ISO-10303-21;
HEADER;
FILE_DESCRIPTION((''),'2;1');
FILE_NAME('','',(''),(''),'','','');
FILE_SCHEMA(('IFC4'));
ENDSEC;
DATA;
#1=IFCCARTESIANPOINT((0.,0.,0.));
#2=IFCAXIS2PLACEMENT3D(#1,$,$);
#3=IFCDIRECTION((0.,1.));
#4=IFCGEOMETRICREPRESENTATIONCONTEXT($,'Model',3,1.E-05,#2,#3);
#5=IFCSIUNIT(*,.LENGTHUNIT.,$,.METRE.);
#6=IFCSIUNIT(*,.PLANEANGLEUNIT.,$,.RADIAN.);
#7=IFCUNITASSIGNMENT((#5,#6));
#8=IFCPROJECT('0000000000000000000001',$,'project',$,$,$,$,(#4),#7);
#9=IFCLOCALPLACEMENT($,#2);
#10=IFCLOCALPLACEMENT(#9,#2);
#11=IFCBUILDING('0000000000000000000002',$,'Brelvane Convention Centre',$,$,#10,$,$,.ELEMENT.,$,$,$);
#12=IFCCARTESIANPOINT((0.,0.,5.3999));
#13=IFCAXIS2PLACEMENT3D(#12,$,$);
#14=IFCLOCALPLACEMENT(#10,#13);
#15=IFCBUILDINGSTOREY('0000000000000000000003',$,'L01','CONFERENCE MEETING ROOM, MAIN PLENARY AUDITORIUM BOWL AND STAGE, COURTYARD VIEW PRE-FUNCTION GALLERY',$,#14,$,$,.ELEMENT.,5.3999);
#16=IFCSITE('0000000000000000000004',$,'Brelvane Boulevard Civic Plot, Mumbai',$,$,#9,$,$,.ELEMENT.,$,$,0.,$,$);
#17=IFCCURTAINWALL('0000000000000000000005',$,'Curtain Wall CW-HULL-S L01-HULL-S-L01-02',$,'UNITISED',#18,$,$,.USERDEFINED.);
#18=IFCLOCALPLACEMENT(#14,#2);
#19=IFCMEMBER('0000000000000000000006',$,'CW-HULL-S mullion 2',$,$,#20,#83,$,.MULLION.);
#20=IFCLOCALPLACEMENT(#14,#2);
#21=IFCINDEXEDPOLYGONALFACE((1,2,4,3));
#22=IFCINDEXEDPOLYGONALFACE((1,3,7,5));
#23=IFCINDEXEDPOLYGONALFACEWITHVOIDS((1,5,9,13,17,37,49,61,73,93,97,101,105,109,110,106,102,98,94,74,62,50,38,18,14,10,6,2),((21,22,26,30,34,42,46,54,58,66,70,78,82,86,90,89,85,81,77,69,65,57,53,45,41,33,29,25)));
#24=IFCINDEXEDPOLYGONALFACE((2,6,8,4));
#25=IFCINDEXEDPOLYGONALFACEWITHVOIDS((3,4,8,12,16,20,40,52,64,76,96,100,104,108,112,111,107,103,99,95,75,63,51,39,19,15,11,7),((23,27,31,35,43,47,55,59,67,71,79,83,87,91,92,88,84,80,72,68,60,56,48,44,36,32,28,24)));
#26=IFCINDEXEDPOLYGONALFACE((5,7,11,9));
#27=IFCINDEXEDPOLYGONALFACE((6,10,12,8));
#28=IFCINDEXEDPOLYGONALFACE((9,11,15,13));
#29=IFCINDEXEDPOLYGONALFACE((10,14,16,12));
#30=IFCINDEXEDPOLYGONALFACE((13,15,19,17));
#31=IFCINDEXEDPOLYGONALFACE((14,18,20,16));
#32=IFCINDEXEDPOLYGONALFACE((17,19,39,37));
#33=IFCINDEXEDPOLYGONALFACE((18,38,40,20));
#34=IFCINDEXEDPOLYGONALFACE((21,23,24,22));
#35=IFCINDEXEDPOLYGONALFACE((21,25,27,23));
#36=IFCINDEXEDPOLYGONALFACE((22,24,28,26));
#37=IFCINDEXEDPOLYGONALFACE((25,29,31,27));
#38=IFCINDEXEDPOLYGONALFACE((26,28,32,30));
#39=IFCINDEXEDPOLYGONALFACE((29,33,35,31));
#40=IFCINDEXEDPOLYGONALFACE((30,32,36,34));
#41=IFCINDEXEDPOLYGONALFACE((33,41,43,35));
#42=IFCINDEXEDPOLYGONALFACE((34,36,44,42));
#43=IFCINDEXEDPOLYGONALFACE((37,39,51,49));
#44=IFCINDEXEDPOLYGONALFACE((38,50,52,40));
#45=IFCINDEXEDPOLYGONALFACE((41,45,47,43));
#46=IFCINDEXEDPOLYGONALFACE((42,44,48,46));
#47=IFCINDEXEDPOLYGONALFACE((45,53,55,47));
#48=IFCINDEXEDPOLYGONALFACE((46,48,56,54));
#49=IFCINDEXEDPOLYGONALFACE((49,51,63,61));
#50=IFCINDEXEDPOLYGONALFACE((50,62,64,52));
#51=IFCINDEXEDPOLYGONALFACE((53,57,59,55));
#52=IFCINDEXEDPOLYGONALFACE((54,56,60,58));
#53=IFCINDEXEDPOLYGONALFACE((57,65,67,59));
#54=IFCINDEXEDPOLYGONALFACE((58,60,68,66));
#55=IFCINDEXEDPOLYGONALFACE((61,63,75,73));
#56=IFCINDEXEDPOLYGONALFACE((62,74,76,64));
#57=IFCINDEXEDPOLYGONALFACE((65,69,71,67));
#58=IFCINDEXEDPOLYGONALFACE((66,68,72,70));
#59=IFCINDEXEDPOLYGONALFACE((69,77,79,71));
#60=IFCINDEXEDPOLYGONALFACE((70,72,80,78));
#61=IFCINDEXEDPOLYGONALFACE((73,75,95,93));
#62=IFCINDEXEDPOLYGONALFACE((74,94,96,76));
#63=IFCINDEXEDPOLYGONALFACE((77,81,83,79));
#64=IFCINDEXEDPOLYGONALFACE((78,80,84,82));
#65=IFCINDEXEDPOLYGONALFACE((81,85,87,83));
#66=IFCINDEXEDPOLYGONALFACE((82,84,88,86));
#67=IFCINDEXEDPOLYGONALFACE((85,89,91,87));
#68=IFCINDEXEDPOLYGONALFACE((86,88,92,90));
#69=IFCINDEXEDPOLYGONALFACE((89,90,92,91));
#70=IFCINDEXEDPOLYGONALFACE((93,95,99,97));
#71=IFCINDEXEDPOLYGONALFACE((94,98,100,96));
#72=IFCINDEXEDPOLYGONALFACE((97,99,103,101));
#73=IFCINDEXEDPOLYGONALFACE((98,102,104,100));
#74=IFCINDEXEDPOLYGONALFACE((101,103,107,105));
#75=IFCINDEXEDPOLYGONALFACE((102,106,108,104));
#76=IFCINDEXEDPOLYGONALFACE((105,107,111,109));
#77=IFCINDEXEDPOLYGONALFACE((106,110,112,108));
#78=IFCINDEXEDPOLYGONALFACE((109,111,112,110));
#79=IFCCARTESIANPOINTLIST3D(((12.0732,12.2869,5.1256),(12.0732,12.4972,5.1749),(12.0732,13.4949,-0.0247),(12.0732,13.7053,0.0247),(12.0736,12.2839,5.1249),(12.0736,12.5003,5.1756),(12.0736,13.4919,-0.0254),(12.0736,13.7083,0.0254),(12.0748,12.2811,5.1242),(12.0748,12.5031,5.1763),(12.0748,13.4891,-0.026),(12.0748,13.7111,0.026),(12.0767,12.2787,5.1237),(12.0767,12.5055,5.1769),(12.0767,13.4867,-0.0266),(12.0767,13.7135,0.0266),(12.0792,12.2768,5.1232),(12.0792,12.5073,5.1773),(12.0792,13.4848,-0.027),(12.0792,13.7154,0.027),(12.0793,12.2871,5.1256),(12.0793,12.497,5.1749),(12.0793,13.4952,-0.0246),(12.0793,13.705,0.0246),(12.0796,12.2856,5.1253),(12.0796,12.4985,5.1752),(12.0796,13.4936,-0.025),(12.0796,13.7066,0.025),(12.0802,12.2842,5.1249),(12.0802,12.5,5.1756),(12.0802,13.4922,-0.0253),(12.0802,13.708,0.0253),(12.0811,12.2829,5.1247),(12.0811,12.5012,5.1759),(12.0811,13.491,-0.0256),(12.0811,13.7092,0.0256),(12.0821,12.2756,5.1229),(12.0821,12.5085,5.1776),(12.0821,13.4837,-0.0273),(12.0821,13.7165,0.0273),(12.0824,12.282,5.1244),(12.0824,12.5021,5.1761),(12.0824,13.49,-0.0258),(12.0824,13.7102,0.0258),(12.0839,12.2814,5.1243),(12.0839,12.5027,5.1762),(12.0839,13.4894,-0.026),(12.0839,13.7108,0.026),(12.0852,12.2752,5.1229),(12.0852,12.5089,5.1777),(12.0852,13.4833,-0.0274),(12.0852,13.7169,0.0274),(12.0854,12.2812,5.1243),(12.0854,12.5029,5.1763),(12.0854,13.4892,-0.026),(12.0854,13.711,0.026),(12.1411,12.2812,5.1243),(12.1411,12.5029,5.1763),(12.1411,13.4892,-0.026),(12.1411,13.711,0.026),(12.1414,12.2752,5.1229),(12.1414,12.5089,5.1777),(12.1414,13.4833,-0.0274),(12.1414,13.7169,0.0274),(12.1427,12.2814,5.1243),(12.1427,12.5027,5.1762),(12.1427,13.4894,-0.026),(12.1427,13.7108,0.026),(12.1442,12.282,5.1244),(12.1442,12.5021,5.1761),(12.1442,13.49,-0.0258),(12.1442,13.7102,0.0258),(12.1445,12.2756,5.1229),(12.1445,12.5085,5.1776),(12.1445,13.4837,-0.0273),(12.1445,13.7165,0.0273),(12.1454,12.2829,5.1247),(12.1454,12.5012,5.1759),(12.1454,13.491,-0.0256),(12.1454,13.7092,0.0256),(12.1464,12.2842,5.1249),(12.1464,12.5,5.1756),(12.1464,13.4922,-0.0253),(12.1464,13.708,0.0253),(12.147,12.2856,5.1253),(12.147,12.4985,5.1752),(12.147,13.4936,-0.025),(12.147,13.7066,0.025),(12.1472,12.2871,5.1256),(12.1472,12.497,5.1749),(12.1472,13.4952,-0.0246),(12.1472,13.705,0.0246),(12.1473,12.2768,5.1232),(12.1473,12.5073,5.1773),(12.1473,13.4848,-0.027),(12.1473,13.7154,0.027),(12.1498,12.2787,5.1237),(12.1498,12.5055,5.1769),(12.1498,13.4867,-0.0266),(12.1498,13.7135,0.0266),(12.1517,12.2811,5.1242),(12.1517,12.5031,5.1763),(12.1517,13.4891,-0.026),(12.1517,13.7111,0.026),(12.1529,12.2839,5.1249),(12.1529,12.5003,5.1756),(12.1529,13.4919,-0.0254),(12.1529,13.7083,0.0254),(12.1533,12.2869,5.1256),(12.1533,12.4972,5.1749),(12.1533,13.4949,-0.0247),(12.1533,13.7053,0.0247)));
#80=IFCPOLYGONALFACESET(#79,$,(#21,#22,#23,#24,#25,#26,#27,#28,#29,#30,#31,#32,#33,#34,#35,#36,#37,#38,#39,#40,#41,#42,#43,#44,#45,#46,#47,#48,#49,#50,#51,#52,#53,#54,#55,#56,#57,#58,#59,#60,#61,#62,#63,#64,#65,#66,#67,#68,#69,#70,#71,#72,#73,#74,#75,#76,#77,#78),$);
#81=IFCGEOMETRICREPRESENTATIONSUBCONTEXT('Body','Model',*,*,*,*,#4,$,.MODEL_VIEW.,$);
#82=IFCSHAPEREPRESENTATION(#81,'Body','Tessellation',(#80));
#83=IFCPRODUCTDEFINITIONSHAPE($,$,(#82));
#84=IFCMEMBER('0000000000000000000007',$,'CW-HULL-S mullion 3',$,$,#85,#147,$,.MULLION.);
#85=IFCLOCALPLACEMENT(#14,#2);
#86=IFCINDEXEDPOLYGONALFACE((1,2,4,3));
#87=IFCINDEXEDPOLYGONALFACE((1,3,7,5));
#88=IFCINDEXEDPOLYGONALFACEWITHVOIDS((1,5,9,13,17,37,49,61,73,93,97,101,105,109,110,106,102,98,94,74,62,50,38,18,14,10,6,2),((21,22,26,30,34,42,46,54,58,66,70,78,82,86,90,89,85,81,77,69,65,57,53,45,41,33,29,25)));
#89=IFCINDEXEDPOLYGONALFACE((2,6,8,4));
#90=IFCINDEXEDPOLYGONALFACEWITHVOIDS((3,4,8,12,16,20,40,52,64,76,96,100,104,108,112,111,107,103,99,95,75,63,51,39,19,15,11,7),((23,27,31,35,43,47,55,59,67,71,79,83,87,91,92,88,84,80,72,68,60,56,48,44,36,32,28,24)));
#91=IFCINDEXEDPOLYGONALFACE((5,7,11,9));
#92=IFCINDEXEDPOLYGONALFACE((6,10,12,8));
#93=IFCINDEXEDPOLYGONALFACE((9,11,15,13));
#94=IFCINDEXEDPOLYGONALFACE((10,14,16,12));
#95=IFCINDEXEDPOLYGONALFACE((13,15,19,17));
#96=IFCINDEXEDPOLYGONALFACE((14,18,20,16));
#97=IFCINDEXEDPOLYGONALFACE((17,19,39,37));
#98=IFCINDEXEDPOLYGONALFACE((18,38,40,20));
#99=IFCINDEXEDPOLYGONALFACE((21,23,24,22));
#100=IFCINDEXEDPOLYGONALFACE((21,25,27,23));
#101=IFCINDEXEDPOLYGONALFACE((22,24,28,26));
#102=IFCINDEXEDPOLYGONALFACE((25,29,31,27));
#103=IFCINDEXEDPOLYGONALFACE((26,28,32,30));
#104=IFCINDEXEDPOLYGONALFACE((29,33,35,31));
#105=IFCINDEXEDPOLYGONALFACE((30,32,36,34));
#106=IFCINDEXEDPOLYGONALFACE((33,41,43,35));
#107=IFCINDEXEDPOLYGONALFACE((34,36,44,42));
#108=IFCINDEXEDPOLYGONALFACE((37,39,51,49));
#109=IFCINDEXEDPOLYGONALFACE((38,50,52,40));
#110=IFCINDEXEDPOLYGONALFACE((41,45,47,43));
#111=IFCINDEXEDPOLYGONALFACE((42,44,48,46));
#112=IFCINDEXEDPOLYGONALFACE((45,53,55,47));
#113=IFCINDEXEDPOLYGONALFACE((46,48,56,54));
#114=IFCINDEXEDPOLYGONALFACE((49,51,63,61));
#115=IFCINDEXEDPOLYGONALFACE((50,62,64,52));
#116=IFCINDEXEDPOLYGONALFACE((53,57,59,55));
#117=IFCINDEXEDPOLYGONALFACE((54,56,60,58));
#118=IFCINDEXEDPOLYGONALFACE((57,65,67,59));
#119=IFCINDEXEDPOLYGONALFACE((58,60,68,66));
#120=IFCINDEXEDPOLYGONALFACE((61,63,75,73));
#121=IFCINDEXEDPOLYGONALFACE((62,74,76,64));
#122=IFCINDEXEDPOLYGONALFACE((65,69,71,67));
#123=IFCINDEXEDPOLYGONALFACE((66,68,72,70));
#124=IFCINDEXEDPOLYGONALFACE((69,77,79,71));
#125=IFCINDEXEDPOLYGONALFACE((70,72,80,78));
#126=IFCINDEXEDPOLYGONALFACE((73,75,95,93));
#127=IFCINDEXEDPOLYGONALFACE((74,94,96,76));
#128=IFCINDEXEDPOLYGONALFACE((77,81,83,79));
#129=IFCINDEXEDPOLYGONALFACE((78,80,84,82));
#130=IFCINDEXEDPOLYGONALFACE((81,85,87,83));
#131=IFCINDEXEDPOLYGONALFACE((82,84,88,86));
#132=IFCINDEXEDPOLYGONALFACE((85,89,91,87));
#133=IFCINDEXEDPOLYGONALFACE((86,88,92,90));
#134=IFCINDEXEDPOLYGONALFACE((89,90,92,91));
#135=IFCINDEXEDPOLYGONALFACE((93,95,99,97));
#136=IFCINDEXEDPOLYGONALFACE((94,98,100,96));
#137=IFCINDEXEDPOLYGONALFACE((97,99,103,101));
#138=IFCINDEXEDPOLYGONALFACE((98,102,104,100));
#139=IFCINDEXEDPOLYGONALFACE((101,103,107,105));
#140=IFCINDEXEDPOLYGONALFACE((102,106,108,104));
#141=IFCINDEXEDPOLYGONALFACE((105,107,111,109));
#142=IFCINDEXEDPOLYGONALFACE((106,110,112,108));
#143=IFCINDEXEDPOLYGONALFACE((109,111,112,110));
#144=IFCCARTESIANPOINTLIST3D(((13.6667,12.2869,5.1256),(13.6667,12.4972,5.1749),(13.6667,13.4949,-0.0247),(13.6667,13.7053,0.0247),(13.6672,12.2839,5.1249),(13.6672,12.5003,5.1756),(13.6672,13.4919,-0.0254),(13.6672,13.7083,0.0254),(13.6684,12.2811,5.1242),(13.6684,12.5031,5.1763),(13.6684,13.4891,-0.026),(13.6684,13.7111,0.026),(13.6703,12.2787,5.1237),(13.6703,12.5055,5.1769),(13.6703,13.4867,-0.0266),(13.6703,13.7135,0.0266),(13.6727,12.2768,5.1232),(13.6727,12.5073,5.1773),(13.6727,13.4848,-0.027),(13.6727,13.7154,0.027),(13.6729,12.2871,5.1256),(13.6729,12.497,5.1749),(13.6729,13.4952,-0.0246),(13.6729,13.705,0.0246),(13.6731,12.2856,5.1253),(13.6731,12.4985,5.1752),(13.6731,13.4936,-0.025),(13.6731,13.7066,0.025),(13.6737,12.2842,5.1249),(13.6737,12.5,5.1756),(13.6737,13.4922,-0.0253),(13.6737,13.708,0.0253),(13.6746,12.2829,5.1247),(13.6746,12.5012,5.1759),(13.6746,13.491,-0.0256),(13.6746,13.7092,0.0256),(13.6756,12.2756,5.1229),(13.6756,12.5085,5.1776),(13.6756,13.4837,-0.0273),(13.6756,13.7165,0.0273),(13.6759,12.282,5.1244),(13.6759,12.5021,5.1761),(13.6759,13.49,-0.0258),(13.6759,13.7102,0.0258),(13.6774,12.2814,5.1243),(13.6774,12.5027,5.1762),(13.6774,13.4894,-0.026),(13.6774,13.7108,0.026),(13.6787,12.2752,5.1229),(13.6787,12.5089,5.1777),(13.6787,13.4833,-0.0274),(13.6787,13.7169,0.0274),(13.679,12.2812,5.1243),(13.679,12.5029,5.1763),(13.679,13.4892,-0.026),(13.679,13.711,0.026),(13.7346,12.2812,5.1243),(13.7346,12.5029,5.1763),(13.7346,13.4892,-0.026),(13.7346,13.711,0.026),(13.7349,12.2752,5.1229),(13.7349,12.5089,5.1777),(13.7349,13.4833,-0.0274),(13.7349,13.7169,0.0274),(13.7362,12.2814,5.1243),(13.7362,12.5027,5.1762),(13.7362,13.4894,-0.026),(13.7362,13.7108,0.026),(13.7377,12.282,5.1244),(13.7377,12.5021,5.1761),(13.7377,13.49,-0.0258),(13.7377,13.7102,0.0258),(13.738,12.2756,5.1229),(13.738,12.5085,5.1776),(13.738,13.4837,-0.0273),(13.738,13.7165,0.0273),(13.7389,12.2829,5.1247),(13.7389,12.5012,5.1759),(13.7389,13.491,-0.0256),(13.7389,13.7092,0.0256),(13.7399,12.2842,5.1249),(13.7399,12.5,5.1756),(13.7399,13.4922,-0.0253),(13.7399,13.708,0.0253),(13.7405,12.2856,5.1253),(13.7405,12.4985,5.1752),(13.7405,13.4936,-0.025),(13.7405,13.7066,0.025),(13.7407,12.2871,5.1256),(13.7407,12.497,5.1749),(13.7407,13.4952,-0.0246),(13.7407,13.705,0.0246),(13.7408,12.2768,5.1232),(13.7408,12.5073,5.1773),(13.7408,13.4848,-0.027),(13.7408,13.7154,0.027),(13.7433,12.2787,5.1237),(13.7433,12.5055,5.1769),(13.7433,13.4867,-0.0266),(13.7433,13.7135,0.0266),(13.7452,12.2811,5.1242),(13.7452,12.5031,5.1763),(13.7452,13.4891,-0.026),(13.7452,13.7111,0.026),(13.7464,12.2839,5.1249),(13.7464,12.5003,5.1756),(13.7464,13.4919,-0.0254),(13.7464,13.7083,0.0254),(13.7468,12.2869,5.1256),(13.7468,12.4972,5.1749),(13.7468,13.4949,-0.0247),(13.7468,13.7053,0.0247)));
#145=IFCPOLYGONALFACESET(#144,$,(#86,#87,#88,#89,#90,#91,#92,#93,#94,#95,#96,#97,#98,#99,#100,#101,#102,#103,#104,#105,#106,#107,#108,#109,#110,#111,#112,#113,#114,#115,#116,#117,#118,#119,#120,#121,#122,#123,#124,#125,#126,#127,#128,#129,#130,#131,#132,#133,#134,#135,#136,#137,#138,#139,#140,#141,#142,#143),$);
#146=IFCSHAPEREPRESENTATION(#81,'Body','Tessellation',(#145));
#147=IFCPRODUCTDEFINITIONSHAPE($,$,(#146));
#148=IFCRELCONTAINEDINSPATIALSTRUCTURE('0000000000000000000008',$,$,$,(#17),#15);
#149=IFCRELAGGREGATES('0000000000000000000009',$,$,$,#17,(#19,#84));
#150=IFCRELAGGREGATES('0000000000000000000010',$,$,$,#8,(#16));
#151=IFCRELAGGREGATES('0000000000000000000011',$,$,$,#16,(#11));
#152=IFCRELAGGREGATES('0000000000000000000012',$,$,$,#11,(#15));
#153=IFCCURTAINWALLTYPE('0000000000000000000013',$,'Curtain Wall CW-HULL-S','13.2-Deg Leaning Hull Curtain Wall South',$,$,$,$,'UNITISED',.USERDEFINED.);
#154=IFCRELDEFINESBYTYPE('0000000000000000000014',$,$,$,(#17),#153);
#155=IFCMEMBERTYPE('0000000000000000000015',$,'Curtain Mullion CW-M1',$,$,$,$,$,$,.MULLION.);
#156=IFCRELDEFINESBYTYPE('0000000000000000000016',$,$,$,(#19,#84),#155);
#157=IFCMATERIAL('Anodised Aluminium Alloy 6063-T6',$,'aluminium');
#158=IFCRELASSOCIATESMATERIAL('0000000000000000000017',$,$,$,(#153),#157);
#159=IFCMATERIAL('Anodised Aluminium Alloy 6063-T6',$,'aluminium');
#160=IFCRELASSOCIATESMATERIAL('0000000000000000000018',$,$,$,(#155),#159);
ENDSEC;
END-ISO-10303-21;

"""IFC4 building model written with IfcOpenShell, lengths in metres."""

from ifc_helpers import new_model, si_unit, direction, frame, origin, origin_2d, place, context, subcontext, project, spatial, hollow_rectangle, extrude, material, material_profile, profile_set, type_object, element, aggregate, save


model = new_model("IFC4")

# Units and contexts
model_context = context("Model", 3, precision=1e-05, world=origin(), true_north=direction((0.0, 1.0)))
body_context = subcontext(model_context, "Body", "Model", "MODEL_VIEW")
ifc_project = project(units=[si_unit("LENGTHUNIT", "METRE"), si_unit("PLANEANGLEUNIT", "RADIAN")], contexts=[model_context])

# Site, building, storey
site_placement = place(None, origin())
site = spatial("IfcSite", under=ifc_project, at=site_placement, Name="Brelvane Boulevard Civic Plot, Mumbai", CompositionType="ELEMENT", RefElevation=0.0)
building_placement = place(site_placement, origin())
building = spatial("IfcBuilding", under=site, at=building_placement, Name="Brelvane Convention Centre", CompositionType="ELEMENT")
storey_placement = place(building_placement, frame((0.0, 0.0, 5.3999)))
storey = spatial("IfcBuildingStorey", under=building, at=storey_placement, Name="L01", Description="CONFERENCE MEETING ROOM, MAIN PLENARY AUDITORIUM BOWL AND STAGE, COURTYARD VIEW PRE-FUNCTION GALLERY", CompositionType="ELEMENT", Elevation=5.3999)

# Curtain wall, members
ifc_material_1 = material(Name="Anodised Aluminium Alloy 6063-T6", Category="aluminium")
curtain_wall_type = type_object("IfcCurtainWallType", Name="Curtain Wall CW-HULL-S", Description="13.2-Deg Leaning Hull Curtain Wall South", ElementType="UNITISED", PredefinedType="USERDEFINED", material=ifc_material_1)
ifc_material_2 = material(Name="Anodised Aluminium Alloy 6063-T6", Category="aluminium")
ifc_material_profile_1 = material_profile(ifc_material_2, hollow_rectangle(XDim=0.0801, YDim=0.24, WallThickness=0.0061, InnerFilletRadius=0.0061, OuterFilletRadius=0.012, at=origin_2d()), Name="ALU-M 240x80x6.0")
ifc_profile_set_1 = profile_set([ifc_material_profile_1], Name="Anodised Aluminium Alloy 6063-T6")
member_type_1 = type_object("IfcMemberType", Name="Curtain Mullion CW-M1", PredefinedType="MULLION", material=ifc_profile_set_1)
curtain_wall_1_placement = place(storey_placement, origin())
curtain_wall_1 = element("IfcCurtainWall", 1, at=curtain_wall_1_placement, inside=storey, type_object=curtain_wall_type, Name="Curtain Wall CW-HULL-S L01-HULL-S-L01-02", ObjectType="UNITISED", PredefinedType="USERDEFINED")
member_1_placement = place(storey_placement, frame((12.1133, 13.6001, 0.0), z_axis=(0.0, -0.22836, 0.973577), x_axis=(1.0, 0.0, 0.0)))
member_1 = element("IfcMember", 2, at=member_1_placement, type_object=member_type_1, Name="CW-HULL-S mullion 2", PredefinedType="MULLION", context=body_context, shape_type="SweptSolid", body=[
    extrude(hollow_rectangle(XDim=0.0801, YDim=0.24, WallThickness=0.0061, InnerFilletRadius=0.0061, OuterFilletRadius=0.012, at=origin_2d()), origin(), (0.0, 0.0, 1.0), 5.29),
])
member_2_placement = place(storey_placement, frame((13.7068, 13.6001, 0.0), z_axis=(0.0, -0.22836, 0.973577), x_axis=(1.0, 0.0, 0.0)))
member_2 = element("IfcMember", 3, at=member_2_placement, type_object=member_type_1, Name="CW-HULL-S mullion 3", PredefinedType="MULLION", context=body_context, shape_type="SweptSolid", body=[
    extrude(hollow_rectangle(XDim=0.0801, YDim=0.24, WallThickness=0.0061, InnerFilletRadius=0.0061, OuterFilletRadius=0.012, at=origin_2d()), origin(), (0.0, 0.0, 1.0), 5.29),
])

aggregate(curtain_wall_1, [member_1, member_2])

save(model, "model.ifc")
